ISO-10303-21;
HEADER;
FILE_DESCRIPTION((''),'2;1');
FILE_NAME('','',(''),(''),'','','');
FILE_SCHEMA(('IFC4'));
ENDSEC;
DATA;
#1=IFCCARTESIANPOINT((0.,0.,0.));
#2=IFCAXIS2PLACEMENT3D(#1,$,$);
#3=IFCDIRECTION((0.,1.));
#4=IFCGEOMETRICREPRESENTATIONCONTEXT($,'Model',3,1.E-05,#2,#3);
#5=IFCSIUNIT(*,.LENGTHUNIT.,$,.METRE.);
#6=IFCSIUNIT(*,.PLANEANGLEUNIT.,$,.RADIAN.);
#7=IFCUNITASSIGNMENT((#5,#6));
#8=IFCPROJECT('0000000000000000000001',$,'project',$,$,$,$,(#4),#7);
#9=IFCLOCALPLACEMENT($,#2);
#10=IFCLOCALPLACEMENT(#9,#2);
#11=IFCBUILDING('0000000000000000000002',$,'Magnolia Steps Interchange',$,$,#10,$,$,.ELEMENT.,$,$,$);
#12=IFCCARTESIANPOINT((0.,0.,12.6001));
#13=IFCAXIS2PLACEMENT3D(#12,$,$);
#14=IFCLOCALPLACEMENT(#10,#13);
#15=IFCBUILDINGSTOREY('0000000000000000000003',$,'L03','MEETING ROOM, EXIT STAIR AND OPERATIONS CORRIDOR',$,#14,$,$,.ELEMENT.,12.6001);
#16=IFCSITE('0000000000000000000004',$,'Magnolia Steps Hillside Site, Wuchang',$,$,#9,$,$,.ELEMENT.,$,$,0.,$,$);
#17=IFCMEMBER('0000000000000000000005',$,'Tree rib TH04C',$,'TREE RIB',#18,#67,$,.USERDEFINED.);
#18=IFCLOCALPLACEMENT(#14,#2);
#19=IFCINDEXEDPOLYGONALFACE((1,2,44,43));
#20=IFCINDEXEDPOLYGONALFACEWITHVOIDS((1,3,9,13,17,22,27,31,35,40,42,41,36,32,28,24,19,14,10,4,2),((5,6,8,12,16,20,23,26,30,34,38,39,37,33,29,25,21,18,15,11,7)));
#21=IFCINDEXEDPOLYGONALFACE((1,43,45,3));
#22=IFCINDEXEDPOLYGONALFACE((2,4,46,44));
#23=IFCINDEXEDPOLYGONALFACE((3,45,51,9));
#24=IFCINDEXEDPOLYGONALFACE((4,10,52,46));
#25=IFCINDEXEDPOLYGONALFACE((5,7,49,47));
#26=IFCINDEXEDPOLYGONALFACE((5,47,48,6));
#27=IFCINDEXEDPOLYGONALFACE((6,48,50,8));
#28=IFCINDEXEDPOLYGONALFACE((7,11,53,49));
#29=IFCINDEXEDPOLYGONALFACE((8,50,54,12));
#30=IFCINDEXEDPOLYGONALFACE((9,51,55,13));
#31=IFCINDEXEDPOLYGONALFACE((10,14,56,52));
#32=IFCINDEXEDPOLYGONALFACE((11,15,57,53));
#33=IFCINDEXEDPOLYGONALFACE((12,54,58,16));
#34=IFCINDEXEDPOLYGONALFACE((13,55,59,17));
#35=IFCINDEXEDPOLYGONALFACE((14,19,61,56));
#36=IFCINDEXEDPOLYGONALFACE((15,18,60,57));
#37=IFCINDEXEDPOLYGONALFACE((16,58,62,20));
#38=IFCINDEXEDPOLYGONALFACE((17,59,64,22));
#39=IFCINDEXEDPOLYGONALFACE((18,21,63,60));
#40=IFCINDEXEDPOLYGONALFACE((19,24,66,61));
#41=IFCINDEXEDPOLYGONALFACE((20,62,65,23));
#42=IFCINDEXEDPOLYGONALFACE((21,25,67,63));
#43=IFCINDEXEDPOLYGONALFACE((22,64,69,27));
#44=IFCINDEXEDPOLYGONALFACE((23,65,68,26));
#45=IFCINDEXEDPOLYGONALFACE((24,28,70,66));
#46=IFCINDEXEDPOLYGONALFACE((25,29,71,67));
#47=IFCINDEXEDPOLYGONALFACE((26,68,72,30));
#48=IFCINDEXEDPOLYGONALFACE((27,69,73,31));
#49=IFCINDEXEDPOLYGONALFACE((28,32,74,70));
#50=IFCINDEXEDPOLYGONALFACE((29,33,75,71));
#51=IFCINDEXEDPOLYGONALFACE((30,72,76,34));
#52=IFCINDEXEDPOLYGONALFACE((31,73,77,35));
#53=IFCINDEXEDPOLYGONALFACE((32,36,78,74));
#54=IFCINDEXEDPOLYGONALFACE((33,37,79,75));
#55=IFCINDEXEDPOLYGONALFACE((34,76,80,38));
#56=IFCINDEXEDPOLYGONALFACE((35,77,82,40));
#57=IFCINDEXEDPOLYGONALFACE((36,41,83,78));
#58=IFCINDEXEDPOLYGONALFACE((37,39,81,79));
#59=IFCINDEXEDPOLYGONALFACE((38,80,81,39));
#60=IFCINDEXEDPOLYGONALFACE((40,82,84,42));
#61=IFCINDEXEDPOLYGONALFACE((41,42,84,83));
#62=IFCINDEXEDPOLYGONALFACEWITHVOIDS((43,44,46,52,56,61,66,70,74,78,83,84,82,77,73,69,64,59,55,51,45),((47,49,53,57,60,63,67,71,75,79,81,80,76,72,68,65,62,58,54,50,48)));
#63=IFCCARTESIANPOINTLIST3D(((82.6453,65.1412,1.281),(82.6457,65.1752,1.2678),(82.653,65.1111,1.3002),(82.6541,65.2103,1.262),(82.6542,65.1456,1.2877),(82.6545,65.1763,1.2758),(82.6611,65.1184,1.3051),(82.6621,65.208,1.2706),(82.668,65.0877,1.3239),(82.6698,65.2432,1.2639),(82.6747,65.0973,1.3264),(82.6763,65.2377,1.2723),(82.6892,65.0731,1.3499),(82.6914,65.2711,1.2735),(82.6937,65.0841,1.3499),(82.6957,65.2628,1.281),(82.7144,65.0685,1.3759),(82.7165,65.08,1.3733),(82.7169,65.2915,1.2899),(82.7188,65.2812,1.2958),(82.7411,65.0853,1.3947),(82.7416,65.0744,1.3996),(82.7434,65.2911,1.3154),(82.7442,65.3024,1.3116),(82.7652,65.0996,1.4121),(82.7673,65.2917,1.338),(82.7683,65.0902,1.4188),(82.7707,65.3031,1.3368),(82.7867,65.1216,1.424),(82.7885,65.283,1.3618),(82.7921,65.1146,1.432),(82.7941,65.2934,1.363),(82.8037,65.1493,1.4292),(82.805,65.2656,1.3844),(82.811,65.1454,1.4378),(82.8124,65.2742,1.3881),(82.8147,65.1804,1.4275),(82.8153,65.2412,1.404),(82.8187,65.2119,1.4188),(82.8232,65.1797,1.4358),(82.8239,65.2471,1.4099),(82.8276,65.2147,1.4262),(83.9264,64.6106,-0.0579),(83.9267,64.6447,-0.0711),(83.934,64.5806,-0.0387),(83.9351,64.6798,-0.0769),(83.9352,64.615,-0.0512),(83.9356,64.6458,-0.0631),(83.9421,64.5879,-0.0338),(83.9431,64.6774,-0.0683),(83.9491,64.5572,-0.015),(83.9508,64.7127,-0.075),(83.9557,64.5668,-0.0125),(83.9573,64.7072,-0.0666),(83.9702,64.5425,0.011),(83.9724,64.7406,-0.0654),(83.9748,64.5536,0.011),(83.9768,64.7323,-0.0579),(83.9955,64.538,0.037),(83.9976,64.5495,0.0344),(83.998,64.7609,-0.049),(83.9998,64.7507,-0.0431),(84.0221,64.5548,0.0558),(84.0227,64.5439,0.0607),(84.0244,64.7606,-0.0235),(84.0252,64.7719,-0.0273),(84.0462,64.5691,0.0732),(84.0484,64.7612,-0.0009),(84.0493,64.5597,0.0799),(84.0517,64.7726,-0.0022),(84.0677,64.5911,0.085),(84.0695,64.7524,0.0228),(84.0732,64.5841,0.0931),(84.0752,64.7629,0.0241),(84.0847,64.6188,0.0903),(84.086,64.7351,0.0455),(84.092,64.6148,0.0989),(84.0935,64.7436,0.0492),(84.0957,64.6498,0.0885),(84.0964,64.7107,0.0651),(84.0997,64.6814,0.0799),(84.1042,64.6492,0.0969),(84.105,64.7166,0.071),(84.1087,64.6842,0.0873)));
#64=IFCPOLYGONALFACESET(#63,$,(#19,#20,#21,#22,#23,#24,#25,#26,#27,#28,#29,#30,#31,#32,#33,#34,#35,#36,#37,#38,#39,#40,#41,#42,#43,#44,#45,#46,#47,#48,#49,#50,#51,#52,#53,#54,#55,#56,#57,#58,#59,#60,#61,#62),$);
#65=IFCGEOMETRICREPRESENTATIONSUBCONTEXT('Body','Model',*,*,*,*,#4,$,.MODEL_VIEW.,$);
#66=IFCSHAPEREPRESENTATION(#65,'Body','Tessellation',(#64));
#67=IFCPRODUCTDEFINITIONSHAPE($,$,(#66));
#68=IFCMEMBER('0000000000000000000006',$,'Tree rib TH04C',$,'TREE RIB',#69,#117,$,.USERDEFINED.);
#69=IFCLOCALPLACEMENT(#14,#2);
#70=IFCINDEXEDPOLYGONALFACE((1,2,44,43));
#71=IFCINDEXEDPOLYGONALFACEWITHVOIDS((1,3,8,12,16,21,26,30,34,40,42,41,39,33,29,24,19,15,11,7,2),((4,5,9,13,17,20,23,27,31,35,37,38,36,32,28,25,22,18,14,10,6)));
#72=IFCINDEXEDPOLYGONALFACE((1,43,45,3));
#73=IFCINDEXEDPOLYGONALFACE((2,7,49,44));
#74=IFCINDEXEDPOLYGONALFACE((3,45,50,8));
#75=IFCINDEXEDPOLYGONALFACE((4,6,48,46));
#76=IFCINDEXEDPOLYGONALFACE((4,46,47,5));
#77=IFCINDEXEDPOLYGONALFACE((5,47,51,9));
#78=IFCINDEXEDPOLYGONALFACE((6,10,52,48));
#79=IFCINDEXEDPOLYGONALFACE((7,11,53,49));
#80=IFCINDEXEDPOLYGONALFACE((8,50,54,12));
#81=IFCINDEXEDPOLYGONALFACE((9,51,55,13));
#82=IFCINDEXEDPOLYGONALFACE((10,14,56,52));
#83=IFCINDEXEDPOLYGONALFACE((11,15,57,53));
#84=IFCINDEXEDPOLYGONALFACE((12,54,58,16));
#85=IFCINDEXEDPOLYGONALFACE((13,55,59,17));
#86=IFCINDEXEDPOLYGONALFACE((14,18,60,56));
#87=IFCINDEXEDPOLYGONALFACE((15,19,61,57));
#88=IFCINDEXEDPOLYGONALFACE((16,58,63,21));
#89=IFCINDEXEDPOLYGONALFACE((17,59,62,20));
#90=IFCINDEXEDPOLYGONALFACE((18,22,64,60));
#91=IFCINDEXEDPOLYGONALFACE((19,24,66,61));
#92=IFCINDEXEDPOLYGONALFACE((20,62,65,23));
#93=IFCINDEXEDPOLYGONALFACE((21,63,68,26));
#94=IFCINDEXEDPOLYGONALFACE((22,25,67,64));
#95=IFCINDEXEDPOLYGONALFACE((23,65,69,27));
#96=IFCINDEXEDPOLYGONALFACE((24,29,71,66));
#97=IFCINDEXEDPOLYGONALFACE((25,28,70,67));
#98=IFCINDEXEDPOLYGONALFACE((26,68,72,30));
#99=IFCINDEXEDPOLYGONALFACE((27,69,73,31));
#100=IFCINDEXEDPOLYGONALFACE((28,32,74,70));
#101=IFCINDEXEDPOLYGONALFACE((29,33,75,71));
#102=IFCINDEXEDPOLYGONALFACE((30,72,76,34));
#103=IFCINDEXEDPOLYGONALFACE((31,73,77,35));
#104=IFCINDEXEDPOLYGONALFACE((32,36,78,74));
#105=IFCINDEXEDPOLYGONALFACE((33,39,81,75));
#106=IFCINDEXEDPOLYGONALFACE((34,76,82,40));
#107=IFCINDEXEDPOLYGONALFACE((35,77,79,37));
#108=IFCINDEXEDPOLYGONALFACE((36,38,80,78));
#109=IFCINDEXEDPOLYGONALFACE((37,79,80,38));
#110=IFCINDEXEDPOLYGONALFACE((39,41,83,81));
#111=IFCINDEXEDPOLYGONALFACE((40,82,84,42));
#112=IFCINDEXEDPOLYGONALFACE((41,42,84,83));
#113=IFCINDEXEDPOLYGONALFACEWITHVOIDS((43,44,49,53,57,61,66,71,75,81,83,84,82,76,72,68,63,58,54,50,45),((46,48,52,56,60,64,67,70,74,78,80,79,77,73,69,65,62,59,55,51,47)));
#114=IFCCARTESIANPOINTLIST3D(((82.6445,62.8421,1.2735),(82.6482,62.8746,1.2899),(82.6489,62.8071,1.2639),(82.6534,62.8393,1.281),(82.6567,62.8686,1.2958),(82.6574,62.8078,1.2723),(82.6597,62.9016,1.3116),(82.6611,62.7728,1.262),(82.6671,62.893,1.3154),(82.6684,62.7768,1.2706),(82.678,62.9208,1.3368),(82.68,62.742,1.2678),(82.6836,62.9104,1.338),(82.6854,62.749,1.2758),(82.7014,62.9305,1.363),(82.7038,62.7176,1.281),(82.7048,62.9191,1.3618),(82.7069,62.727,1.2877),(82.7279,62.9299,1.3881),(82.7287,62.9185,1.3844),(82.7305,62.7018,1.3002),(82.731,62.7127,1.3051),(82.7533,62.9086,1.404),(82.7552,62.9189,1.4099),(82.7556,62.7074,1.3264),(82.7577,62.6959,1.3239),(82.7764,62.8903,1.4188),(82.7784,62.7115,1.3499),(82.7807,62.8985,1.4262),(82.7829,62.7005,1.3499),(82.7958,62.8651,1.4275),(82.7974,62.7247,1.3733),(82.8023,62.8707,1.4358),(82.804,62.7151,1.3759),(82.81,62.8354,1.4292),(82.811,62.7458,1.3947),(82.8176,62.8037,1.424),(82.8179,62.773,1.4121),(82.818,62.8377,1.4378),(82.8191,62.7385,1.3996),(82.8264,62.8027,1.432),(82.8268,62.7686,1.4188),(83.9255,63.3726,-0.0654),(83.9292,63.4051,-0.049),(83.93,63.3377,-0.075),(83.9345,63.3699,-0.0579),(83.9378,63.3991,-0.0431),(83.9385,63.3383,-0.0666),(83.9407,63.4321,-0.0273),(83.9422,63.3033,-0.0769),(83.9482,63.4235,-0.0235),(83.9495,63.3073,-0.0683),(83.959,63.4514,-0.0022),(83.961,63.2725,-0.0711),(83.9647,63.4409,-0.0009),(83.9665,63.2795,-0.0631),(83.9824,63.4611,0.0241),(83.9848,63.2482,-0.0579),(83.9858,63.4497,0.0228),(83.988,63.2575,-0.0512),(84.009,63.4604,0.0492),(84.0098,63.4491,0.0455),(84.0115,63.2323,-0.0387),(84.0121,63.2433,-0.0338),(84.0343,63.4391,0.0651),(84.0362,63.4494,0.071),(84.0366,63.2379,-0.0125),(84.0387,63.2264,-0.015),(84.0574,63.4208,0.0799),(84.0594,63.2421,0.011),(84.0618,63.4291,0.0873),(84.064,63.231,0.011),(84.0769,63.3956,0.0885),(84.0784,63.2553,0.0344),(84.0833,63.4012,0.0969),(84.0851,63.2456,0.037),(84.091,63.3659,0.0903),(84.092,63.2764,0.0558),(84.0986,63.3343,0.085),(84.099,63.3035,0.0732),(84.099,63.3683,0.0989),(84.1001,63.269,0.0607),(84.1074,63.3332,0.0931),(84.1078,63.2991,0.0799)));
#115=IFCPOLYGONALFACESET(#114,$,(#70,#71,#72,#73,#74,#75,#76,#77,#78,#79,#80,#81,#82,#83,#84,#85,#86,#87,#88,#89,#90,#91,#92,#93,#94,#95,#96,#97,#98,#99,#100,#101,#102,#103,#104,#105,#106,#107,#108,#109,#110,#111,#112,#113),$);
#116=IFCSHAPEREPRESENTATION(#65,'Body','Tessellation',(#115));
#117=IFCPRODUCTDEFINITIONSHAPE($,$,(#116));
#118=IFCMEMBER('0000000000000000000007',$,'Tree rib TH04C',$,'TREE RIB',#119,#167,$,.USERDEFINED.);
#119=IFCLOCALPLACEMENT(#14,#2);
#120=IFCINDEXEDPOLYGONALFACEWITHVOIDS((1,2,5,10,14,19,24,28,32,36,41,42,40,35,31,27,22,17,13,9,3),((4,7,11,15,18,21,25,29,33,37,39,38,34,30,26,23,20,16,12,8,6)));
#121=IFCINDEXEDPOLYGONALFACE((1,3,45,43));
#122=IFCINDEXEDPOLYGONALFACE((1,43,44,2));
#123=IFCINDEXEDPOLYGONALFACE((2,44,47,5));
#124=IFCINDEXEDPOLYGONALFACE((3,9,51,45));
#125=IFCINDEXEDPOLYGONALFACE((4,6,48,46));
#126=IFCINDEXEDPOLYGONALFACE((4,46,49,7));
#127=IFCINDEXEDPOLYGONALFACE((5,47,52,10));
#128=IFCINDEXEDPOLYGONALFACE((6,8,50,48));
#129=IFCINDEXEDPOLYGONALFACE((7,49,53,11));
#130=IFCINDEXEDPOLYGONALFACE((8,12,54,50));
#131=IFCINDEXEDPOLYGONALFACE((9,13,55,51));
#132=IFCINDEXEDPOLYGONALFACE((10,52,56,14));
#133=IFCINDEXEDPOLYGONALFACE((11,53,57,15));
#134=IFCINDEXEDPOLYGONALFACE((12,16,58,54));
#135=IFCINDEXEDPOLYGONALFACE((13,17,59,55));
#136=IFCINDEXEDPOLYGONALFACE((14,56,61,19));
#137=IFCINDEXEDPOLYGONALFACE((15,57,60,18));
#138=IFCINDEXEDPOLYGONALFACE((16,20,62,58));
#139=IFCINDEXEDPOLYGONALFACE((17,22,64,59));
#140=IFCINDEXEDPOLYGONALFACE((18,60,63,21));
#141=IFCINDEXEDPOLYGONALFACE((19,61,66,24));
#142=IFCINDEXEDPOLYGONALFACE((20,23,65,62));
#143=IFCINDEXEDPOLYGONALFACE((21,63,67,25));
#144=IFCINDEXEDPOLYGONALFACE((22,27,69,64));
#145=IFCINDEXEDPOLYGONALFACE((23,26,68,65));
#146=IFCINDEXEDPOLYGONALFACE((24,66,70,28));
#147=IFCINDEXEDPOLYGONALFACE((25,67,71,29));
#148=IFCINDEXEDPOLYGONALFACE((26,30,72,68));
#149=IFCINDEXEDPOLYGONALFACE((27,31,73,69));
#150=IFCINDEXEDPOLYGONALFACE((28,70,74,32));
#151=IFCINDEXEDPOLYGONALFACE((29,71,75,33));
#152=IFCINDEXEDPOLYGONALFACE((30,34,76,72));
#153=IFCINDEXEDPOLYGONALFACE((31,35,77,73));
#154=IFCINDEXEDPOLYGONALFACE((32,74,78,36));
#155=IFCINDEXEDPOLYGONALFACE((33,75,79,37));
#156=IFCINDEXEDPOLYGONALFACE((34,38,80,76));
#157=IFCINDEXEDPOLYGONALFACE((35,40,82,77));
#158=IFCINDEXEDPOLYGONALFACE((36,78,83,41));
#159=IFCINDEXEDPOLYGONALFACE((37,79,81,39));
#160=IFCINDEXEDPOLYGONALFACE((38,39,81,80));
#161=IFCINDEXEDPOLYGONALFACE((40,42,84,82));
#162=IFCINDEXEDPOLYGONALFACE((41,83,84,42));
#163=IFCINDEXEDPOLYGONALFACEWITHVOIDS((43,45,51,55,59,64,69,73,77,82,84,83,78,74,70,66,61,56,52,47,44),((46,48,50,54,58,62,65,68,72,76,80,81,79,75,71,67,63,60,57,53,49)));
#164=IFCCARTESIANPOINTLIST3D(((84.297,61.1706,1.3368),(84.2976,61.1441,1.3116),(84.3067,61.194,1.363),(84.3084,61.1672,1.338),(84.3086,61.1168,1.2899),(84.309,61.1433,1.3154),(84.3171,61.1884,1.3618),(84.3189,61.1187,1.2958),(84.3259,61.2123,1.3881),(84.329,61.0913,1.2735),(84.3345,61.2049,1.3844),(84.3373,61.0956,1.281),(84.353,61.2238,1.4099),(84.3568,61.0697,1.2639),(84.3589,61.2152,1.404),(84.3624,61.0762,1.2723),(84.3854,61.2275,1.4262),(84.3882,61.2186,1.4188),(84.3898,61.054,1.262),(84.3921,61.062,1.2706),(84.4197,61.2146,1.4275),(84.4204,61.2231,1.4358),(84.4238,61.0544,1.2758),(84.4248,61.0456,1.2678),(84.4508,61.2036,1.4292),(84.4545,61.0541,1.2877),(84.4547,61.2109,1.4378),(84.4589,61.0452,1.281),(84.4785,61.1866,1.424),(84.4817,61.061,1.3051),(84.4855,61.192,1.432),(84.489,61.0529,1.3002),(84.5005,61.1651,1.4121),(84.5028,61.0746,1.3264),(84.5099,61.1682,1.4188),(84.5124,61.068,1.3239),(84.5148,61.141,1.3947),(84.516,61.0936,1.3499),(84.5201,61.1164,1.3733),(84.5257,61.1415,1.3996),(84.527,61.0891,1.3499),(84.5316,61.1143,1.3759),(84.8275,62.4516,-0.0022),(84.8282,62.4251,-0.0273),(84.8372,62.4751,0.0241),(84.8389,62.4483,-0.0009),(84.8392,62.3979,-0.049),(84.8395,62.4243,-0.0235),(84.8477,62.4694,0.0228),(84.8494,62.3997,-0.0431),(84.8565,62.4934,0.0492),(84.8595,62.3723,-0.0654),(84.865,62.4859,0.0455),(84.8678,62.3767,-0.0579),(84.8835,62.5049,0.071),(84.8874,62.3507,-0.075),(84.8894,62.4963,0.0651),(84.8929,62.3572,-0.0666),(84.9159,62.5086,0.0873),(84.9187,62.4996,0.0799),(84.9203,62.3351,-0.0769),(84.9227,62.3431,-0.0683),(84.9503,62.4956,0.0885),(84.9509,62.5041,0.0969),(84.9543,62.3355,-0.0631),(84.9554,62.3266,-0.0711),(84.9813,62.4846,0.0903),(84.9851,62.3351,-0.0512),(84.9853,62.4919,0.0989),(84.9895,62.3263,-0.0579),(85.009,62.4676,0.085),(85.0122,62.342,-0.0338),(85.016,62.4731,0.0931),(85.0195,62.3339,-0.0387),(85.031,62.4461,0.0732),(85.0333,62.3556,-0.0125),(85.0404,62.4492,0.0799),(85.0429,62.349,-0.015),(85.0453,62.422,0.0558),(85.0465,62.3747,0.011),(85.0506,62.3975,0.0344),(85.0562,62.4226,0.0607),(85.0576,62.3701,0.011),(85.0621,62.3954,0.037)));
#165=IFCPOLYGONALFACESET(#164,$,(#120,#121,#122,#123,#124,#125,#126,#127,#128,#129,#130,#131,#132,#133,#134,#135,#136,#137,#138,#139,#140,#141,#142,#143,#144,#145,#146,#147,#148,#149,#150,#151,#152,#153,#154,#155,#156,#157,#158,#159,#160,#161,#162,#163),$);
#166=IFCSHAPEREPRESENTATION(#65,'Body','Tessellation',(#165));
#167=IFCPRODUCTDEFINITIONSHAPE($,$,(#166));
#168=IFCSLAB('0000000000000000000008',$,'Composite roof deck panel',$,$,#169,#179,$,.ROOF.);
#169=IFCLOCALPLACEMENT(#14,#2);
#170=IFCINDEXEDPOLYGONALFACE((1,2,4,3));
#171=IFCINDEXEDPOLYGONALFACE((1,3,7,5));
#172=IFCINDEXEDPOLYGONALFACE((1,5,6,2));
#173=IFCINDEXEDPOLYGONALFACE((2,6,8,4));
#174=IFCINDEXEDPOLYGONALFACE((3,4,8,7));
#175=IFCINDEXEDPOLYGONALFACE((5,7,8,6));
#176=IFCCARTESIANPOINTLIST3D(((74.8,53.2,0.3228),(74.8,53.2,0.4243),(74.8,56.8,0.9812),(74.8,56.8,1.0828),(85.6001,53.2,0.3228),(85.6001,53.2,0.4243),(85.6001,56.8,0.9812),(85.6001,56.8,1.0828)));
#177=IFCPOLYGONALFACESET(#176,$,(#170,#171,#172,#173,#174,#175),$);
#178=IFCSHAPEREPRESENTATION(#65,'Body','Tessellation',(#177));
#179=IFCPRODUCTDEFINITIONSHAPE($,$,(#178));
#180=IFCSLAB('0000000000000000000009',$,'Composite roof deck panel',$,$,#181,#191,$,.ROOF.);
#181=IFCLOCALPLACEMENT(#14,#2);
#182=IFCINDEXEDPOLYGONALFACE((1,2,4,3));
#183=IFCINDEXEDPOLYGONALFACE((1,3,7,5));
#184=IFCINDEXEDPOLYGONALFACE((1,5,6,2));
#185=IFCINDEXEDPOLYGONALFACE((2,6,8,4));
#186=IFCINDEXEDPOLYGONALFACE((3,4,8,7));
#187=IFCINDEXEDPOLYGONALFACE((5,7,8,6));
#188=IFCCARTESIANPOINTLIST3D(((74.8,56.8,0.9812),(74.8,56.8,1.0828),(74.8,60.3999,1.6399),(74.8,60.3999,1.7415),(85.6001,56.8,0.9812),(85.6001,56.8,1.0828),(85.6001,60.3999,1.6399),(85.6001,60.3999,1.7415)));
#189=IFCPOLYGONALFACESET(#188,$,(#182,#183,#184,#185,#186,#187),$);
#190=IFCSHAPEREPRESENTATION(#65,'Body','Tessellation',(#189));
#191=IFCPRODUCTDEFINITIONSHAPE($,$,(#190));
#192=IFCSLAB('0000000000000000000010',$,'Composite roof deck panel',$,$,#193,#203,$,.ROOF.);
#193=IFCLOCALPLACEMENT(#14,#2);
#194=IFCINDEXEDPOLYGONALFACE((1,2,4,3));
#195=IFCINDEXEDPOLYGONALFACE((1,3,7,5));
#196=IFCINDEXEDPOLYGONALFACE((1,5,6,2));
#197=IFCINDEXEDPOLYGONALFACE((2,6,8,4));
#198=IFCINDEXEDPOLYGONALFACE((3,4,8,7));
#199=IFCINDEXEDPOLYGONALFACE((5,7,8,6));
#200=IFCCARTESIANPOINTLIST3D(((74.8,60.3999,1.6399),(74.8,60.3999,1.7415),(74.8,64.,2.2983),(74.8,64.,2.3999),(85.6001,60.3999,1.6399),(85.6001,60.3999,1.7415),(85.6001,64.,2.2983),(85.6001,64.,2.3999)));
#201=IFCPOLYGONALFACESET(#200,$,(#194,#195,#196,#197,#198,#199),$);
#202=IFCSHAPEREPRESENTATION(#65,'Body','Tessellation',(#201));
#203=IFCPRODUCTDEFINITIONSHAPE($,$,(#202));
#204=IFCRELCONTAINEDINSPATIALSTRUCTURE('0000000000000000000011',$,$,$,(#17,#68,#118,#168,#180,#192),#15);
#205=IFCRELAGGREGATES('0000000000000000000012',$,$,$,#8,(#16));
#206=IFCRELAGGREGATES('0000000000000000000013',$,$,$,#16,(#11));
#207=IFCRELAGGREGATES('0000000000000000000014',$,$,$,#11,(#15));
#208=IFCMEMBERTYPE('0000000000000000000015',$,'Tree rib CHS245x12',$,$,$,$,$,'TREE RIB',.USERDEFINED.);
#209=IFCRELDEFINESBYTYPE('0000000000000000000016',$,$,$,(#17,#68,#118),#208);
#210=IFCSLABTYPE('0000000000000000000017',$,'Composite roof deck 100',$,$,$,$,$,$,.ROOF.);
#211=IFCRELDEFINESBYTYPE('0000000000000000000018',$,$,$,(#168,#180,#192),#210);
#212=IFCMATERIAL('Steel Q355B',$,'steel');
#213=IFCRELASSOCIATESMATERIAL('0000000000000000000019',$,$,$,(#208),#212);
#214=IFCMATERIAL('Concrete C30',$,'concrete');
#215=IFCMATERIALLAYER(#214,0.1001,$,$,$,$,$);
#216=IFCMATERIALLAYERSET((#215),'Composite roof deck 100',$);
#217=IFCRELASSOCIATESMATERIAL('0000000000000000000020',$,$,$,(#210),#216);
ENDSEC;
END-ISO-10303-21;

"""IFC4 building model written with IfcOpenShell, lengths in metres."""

from ifc_helpers import new_model, si_unit, direction, frame, origin, origin_2d, place, context, subcontext, project, spatial, polyline, hollow_circle, outline, extrude, material, layer, layer_set, material_profile, profile_set, type_object, element, save


model = new_model("IFC4")

# Units and contexts
model_context = context("Model", 3, precision=1e-05, world=origin(), true_north=direction((0.0, 1.0)))
body_context = subcontext(model_context, "Body", "Model", "MODEL_VIEW")
ifc_project = project(units=[si_unit("LENGTHUNIT", "METRE"), si_unit("PLANEANGLEUNIT", "RADIAN")], contexts=[model_context])

# Site, building, storey
site_placement = place(None, origin())
site = spatial("IfcSite", under=ifc_project, at=site_placement, Name="Magnolia Steps Hillside Site, Wuchang", CompositionType="ELEMENT", RefElevation=0.0)
building_placement = place(site_placement, origin())
building = spatial("IfcBuilding", under=site, at=building_placement, Name="Magnolia Steps Interchange", CompositionType="ELEMENT")
storey_placement = place(building_placement, frame((0.0, 0.0, 12.6001)))
storey = spatial("IfcBuildingStorey", under=building, at=storey_placement, Name="L03", Description="MEETING ROOM, EXIT STAIR AND OPERATIONS CORRIDOR", CompositionType="ELEMENT", Elevation=12.6001)

# Members
ifc_material_1 = material(Name="Steel Q355B", Category="steel")
ifc_material_profile_1 = material_profile(ifc_material_1, hollow_circle(Radius=0.1226, WallThickness=0.012, at=origin_2d()), Name="CHS245x12")
ifc_profile_set_1 = profile_set([ifc_material_profile_1], Name="Steel Q355B")
member_type = type_object("IfcMemberType", Name="Tree rib CHS245x12", ElementType="TREE RIB", PredefinedType="USERDEFINED", material=ifc_profile_set_1)
for number, where, z_axis, x_axis, name in (
    (1, (84.0171, 64.6558, 0.011), (-0.664618, 0.275246, 0.694638), (-0.382627, -0.923903, 0.0), "Tree rib TH04C"),
    (2, (84.0171, 63.3442, 0.011), (-0.664618, -0.275246, 0.694638), (0.382627, -0.923903, 0.0), "Tree rib TH04C"),
    (3, (84.9443, 62.417, 0.011), (-0.275246, -0.664618, 0.694638), (0.923903, -0.382627, 0.0), "Tree rib TH04C"),
):
    element("IfcMember", number, at=place(storey_placement, frame(where, z_axis=z_axis, x_axis=x_axis)), inside=storey, type_object=member_type, Name=name, ObjectType="TREE RIB", PredefinedType="USERDEFINED", context=body_context, shape_type="SweptSolid", body=[
        extrude(hollow_circle(Radius=0.1226, WallThickness=0.012, at=origin_2d()), origin(), (0.0, 0.0, 1.0), 1.9275),
    ])

# Slabs
ifc_material_2 = material(Name="Concrete C30", Category="concrete")
ifc_layer = layer(ifc_material_2, 0.1001)
ifc_layer_set = layer_set([ifc_layer], Name="Composite roof deck 100")
slab_type = type_object("IfcSlabType", Name="Composite roof deck 100", PredefinedType="ROOF", material=ifc_layer_set)
slab_1_placement = place(storey_placement, frame((85.6001, 53.2, 0.4243), z_axis=(0.0, -0.179913, 0.983683), x_axis=(0.0, 0.983683, 0.179913)))
element("IfcSlab", 4, at=slab_1_placement, inside=storey, type_object=slab_type, Name="Composite roof deck panel", PredefinedType="ROOF", context=body_context, shape_type="SweptSolid", body=[
    extrude(outline(polyline([(0.0, 0.0), (3.6598, 0.0), (3.6598, 10.8), (0.0, 10.8), (0.0, 0.0)])), origin(), (-0.179913, 0.0, -0.983683), 0.1016),
])
slab_2_placement = place(storey_placement, frame((85.6001, 56.8, 1.0828), z_axis=(0.0, -0.179989, 0.983669), x_axis=(0.0, 0.983669, 0.179989)))
element("IfcSlab", 5, at=slab_2_placement, inside=storey, type_object=slab_type, Name="Composite roof deck panel", PredefinedType="ROOF", context=body_context, shape_type="SweptSolid", body=[
    extrude(outline(polyline([(0.0, 0.0), (3.6596, 0.0), (3.6596, 10.8), (0.0, 10.8), (0.0, 0.0)])), origin(), (-0.179989, 0.0, -0.983669), 0.1016),
])
for number, where, z_axis, x_axis, name in (
    (6, (85.6001, 60.3999, 1.7415), (0.0, -0.179913, 0.983683), (0.0, 0.983683, 0.179913), "Composite roof deck panel"),
):
    element("IfcSlab", number, at=place(storey_placement, frame(where, z_axis=z_axis, x_axis=x_axis)), inside=storey, type_object=slab_type, Name=name, PredefinedType="ROOF", context=body_context, shape_type="SweptSolid", body=[
        extrude(outline(polyline([(0.0, 0.0), (3.6598, 0.0), (3.6598, 10.8), (0.0, 10.8), (0.0, 0.0)])), origin(), (-0.179913, 0.0, -0.983683), 0.1016),
    ])

save(model, "model.ifc")
